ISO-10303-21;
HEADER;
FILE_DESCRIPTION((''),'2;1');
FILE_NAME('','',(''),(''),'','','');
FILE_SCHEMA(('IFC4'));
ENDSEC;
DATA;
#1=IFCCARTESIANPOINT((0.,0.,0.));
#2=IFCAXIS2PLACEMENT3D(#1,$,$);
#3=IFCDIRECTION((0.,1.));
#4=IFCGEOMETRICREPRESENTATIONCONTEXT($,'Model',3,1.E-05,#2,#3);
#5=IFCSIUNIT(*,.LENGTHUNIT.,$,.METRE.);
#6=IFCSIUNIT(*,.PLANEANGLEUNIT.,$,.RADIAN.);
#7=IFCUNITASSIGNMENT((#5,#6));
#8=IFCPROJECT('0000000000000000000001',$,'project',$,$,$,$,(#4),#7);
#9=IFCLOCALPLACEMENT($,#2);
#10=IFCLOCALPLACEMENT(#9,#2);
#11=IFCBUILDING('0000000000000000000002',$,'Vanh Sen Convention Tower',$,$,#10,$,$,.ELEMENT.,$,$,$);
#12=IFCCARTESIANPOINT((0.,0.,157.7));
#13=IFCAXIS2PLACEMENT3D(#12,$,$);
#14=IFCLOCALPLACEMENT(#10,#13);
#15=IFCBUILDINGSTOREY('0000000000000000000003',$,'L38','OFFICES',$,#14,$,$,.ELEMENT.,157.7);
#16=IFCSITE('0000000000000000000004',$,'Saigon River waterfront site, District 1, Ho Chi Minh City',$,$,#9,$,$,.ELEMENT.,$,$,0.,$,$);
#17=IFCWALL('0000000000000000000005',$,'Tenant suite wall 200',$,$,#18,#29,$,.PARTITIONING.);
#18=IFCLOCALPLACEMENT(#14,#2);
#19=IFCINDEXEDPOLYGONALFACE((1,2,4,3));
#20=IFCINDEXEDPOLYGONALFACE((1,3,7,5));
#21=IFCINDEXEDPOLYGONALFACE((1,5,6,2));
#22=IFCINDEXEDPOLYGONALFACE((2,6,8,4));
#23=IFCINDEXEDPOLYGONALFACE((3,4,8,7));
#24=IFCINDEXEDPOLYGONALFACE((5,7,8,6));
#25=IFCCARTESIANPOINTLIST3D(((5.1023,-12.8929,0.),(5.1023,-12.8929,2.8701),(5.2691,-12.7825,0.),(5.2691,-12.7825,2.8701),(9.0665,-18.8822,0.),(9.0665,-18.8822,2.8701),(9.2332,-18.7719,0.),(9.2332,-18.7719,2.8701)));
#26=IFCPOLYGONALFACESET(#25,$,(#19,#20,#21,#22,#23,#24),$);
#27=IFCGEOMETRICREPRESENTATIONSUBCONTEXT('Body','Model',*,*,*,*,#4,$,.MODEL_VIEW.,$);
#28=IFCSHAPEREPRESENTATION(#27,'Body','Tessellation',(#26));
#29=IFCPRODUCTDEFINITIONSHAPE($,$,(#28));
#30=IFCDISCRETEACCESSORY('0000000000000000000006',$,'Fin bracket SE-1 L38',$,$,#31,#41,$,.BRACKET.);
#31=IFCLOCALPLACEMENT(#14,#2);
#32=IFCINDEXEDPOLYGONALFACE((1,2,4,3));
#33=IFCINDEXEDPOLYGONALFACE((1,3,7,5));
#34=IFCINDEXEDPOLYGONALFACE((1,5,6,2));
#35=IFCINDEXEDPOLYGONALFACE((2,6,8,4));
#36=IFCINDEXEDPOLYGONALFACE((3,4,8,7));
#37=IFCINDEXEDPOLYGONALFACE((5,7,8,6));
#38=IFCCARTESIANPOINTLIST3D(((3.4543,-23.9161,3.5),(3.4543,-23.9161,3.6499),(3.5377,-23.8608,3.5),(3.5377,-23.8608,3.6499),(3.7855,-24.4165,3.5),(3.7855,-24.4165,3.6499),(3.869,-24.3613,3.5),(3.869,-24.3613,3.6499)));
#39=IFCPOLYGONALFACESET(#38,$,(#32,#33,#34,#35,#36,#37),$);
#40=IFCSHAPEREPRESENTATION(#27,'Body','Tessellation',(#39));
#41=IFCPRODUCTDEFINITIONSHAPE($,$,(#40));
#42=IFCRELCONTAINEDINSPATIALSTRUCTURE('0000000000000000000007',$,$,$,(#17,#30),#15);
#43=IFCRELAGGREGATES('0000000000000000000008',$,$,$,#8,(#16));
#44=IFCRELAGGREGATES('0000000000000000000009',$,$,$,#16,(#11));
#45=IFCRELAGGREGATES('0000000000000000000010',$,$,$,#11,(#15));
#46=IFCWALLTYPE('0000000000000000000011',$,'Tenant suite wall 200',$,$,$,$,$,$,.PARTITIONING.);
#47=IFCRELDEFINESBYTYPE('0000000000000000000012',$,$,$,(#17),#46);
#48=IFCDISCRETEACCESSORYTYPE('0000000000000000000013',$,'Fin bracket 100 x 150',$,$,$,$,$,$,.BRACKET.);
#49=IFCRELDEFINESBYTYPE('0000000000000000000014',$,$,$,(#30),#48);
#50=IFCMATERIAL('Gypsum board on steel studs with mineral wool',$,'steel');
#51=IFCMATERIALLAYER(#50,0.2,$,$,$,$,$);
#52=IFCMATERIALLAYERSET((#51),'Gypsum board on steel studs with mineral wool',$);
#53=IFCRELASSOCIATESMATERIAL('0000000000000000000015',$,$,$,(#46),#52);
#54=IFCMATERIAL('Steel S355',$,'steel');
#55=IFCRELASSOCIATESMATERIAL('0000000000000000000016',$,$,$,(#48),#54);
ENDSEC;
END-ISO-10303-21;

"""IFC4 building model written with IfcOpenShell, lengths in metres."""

from ifc_helpers import new_model, si_unit, direction, frame, frame_2d, origin, origin_2d, place, context, subcontext, project, spatial, rectangle, extrude, material, layer, layer_set, type_object, element, save


model = new_model("IFC4")

# Units and contexts
model_context = context("Model", 3, precision=1e-05, world=origin(), true_north=direction((0.0, 1.0)))
body_context = subcontext(model_context, "Body", "Model", "MODEL_VIEW")
ifc_project = project(units=[si_unit("LENGTHUNIT", "METRE"), si_unit("PLANEANGLEUNIT", "RADIAN")], contexts=[model_context])

# Site, building, storey
site_placement = place(None, origin())
site = spatial("IfcSite", under=ifc_project, at=site_placement, Name="Saigon River waterfront site, District 1, Ho Chi Minh City", CompositionType="ELEMENT", RefElevation=0.0)
building_placement = place(site_placement, origin())
building = spatial("IfcBuilding", under=site, at=building_placement, Name="Vanh Sen Convention Tower", CompositionType="ELEMENT")
storey_placement = place(building_placement, frame((0.0, 0.0, 157.7)))
storey = spatial("IfcBuildingStorey", under=building, at=storey_placement, Name="L38", Description="OFFICES", CompositionType="ELEMENT", Elevation=157.7)

# Shared definitions
ifc_material_1 = material(Name="Gypsum board on steel studs with mineral wool", Category="steel")

# Wall
ifc_layer_1 = layer(ifc_material_1, 0.2)
ifc_layer_set_1 = layer_set([ifc_layer_1], Name="Gypsum board on steel studs with mineral wool")
wall_type_1 = type_object("IfcWallType", Name="Tenant suite wall 200", PredefinedType="PARTITIONING", material=ifc_layer_set_1)
wall_1_placement = place(storey_placement, frame((9.1499, -18.8271, 0.0), z_axis=(0.0, 0.0, 1.0), x_axis=(-0.551928, 0.833892, 0.0)))
element("IfcWall", 1, at=wall_1_placement, inside=storey, type_object=wall_type_1, Name="Tenant suite wall 200", PredefinedType="PARTITIONING", context=body_context, shape_type="SweptSolid", body=[
    extrude(rectangle(XDim=7.1824, YDim=0.2, at=frame_2d((3.5913, 0.0))), origin(), (0.0, 0.0, 1.0), 2.8701),
])

# Discrete accessory
ifc_material_2 = material(Name="Steel S355", Category="steel")
discrete_accessory_type = type_object("IfcDiscreteAccessoryType", Name="Fin bracket 100 x 150", PredefinedType="BRACKET", material=ifc_material_2)
discrete_accessory_placement = place(storey_placement, frame((3.6616, -24.1387, 3.5), z_axis=(0.0, 0.0, 1.0), x_axis=(0.551937, -0.833886, 0.0)))
element("IfcDiscreteAccessory", 2, at=discrete_accessory_placement, inside=storey, type_object=discrete_accessory_type, Name="Fin bracket SE-1 L38", PredefinedType="BRACKET", context=body_context, shape_type="SweptSolid", body=[
    extrude(rectangle(XDim=0.6001, YDim=0.1001, at=origin_2d()), origin(), (0.0, 0.0, 1.0), 0.1499),
])

save(model, "model.ifc")
